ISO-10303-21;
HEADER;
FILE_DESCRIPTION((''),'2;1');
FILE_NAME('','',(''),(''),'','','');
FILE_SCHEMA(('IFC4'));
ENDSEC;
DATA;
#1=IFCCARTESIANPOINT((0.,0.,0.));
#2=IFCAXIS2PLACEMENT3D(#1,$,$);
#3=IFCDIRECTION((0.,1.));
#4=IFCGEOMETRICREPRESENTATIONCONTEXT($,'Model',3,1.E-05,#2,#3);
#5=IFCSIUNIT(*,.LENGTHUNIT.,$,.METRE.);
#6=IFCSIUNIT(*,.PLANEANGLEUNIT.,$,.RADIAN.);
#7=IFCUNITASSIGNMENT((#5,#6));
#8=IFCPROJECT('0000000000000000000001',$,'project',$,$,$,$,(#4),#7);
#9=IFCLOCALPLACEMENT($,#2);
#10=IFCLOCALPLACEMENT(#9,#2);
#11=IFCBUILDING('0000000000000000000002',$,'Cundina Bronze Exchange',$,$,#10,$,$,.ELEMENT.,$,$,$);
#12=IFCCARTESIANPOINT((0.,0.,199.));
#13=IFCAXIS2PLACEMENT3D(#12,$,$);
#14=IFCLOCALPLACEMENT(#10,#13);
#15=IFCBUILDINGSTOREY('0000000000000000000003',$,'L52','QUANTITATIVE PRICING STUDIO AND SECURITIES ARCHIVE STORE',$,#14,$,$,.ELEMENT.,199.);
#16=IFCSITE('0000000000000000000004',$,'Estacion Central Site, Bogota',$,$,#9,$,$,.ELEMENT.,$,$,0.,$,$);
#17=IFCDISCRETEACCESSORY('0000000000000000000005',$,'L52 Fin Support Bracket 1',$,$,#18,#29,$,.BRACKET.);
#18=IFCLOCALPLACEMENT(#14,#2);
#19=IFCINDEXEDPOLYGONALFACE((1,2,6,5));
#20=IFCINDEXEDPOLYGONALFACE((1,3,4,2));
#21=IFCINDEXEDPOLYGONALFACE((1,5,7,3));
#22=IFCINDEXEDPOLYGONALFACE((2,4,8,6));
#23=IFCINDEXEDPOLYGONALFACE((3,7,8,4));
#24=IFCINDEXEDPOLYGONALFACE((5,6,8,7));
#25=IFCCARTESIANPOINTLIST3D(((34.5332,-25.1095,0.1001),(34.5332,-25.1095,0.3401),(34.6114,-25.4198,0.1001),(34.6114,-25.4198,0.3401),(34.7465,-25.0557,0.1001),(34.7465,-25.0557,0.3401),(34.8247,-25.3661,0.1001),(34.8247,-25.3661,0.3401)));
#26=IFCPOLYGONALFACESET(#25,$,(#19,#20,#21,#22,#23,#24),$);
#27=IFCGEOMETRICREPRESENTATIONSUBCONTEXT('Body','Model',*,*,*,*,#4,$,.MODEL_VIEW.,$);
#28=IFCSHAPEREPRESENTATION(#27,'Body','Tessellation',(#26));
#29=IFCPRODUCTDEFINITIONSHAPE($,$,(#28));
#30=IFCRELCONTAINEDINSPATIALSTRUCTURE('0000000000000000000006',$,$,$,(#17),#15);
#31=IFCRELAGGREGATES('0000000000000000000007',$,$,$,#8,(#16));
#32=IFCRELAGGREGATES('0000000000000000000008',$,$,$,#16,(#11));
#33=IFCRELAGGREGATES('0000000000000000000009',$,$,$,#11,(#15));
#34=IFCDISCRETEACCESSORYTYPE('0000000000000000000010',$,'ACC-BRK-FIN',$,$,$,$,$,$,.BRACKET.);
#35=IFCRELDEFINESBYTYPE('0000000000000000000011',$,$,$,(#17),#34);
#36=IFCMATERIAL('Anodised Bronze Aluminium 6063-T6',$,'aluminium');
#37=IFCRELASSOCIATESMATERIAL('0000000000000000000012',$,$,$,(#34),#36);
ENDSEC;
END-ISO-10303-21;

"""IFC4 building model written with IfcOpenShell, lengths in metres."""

from ifc_helpers import new_model, si_unit, direction, frame, origin, origin_2d, place, context, subcontext, project, spatial, rectangle, extrude, material, type_object, element, save


model = new_model("IFC4")

# Units and contexts
model_context = context("Model", 3, precision=1e-05, world=origin(), true_north=direction((0.0, 1.0)))
body_context = subcontext(model_context, "Body", "Model", "MODEL_VIEW")
ifc_project = project(units=[si_unit("LENGTHUNIT", "METRE"), si_unit("PLANEANGLEUNIT", "RADIAN")], contexts=[model_context])

# Site, building, storey
site_placement = place(None, origin())
site = spatial("IfcSite", under=ifc_project, at=site_placement, Name="Estacion Central Site, Bogota", CompositionType="ELEMENT", RefElevation=0.0)
building_placement = place(site_placement, origin())
building = spatial("IfcBuilding", under=site, at=building_placement, Name="Cundina Bronze Exchange", CompositionType="ELEMENT")
storey_placement = place(building_placement, frame((0.0, 0.0, 199.0)))
storey = spatial("IfcBuildingStorey", under=building, at=storey_placement, Name="L52", Description="QUANTITATIVE PRICING STUDIO AND SECURITIES ARCHIVE STORE", CompositionType="ELEMENT", Elevation=199.0)

# Shared definitions
ifc_material_1 = material(Name="Anodised Bronze Aluminium 6063-T6", Category="aluminium")

# Discrete accessory
discrete_accessory_type = type_object("IfcDiscreteAccessoryType", Name="ACC-BRK-FIN", PredefinedType="BRACKET", material=ifc_material_1)
discrete_accessory_placement = place(storey_placement, frame((34.679, -25.2378, 0.1001), z_axis=(0.0, 0.0, 1.0), x_axis=(0.969732, 0.244174, 0.0)))
element("IfcDiscreteAccessory", 1, at=discrete_accessory_placement, inside=storey, type_object=discrete_accessory_type, Name="L52 Fin Support Bracket 1", PredefinedType="BRACKET", context=body_context, shape_type="SweptSolid", body=[
    extrude(rectangle(XDim=0.22, YDim=0.3201, at=origin_2d()), origin(), (0.0, 0.0, 1.0), 0.24),
])

save(model, "model.ifc")
